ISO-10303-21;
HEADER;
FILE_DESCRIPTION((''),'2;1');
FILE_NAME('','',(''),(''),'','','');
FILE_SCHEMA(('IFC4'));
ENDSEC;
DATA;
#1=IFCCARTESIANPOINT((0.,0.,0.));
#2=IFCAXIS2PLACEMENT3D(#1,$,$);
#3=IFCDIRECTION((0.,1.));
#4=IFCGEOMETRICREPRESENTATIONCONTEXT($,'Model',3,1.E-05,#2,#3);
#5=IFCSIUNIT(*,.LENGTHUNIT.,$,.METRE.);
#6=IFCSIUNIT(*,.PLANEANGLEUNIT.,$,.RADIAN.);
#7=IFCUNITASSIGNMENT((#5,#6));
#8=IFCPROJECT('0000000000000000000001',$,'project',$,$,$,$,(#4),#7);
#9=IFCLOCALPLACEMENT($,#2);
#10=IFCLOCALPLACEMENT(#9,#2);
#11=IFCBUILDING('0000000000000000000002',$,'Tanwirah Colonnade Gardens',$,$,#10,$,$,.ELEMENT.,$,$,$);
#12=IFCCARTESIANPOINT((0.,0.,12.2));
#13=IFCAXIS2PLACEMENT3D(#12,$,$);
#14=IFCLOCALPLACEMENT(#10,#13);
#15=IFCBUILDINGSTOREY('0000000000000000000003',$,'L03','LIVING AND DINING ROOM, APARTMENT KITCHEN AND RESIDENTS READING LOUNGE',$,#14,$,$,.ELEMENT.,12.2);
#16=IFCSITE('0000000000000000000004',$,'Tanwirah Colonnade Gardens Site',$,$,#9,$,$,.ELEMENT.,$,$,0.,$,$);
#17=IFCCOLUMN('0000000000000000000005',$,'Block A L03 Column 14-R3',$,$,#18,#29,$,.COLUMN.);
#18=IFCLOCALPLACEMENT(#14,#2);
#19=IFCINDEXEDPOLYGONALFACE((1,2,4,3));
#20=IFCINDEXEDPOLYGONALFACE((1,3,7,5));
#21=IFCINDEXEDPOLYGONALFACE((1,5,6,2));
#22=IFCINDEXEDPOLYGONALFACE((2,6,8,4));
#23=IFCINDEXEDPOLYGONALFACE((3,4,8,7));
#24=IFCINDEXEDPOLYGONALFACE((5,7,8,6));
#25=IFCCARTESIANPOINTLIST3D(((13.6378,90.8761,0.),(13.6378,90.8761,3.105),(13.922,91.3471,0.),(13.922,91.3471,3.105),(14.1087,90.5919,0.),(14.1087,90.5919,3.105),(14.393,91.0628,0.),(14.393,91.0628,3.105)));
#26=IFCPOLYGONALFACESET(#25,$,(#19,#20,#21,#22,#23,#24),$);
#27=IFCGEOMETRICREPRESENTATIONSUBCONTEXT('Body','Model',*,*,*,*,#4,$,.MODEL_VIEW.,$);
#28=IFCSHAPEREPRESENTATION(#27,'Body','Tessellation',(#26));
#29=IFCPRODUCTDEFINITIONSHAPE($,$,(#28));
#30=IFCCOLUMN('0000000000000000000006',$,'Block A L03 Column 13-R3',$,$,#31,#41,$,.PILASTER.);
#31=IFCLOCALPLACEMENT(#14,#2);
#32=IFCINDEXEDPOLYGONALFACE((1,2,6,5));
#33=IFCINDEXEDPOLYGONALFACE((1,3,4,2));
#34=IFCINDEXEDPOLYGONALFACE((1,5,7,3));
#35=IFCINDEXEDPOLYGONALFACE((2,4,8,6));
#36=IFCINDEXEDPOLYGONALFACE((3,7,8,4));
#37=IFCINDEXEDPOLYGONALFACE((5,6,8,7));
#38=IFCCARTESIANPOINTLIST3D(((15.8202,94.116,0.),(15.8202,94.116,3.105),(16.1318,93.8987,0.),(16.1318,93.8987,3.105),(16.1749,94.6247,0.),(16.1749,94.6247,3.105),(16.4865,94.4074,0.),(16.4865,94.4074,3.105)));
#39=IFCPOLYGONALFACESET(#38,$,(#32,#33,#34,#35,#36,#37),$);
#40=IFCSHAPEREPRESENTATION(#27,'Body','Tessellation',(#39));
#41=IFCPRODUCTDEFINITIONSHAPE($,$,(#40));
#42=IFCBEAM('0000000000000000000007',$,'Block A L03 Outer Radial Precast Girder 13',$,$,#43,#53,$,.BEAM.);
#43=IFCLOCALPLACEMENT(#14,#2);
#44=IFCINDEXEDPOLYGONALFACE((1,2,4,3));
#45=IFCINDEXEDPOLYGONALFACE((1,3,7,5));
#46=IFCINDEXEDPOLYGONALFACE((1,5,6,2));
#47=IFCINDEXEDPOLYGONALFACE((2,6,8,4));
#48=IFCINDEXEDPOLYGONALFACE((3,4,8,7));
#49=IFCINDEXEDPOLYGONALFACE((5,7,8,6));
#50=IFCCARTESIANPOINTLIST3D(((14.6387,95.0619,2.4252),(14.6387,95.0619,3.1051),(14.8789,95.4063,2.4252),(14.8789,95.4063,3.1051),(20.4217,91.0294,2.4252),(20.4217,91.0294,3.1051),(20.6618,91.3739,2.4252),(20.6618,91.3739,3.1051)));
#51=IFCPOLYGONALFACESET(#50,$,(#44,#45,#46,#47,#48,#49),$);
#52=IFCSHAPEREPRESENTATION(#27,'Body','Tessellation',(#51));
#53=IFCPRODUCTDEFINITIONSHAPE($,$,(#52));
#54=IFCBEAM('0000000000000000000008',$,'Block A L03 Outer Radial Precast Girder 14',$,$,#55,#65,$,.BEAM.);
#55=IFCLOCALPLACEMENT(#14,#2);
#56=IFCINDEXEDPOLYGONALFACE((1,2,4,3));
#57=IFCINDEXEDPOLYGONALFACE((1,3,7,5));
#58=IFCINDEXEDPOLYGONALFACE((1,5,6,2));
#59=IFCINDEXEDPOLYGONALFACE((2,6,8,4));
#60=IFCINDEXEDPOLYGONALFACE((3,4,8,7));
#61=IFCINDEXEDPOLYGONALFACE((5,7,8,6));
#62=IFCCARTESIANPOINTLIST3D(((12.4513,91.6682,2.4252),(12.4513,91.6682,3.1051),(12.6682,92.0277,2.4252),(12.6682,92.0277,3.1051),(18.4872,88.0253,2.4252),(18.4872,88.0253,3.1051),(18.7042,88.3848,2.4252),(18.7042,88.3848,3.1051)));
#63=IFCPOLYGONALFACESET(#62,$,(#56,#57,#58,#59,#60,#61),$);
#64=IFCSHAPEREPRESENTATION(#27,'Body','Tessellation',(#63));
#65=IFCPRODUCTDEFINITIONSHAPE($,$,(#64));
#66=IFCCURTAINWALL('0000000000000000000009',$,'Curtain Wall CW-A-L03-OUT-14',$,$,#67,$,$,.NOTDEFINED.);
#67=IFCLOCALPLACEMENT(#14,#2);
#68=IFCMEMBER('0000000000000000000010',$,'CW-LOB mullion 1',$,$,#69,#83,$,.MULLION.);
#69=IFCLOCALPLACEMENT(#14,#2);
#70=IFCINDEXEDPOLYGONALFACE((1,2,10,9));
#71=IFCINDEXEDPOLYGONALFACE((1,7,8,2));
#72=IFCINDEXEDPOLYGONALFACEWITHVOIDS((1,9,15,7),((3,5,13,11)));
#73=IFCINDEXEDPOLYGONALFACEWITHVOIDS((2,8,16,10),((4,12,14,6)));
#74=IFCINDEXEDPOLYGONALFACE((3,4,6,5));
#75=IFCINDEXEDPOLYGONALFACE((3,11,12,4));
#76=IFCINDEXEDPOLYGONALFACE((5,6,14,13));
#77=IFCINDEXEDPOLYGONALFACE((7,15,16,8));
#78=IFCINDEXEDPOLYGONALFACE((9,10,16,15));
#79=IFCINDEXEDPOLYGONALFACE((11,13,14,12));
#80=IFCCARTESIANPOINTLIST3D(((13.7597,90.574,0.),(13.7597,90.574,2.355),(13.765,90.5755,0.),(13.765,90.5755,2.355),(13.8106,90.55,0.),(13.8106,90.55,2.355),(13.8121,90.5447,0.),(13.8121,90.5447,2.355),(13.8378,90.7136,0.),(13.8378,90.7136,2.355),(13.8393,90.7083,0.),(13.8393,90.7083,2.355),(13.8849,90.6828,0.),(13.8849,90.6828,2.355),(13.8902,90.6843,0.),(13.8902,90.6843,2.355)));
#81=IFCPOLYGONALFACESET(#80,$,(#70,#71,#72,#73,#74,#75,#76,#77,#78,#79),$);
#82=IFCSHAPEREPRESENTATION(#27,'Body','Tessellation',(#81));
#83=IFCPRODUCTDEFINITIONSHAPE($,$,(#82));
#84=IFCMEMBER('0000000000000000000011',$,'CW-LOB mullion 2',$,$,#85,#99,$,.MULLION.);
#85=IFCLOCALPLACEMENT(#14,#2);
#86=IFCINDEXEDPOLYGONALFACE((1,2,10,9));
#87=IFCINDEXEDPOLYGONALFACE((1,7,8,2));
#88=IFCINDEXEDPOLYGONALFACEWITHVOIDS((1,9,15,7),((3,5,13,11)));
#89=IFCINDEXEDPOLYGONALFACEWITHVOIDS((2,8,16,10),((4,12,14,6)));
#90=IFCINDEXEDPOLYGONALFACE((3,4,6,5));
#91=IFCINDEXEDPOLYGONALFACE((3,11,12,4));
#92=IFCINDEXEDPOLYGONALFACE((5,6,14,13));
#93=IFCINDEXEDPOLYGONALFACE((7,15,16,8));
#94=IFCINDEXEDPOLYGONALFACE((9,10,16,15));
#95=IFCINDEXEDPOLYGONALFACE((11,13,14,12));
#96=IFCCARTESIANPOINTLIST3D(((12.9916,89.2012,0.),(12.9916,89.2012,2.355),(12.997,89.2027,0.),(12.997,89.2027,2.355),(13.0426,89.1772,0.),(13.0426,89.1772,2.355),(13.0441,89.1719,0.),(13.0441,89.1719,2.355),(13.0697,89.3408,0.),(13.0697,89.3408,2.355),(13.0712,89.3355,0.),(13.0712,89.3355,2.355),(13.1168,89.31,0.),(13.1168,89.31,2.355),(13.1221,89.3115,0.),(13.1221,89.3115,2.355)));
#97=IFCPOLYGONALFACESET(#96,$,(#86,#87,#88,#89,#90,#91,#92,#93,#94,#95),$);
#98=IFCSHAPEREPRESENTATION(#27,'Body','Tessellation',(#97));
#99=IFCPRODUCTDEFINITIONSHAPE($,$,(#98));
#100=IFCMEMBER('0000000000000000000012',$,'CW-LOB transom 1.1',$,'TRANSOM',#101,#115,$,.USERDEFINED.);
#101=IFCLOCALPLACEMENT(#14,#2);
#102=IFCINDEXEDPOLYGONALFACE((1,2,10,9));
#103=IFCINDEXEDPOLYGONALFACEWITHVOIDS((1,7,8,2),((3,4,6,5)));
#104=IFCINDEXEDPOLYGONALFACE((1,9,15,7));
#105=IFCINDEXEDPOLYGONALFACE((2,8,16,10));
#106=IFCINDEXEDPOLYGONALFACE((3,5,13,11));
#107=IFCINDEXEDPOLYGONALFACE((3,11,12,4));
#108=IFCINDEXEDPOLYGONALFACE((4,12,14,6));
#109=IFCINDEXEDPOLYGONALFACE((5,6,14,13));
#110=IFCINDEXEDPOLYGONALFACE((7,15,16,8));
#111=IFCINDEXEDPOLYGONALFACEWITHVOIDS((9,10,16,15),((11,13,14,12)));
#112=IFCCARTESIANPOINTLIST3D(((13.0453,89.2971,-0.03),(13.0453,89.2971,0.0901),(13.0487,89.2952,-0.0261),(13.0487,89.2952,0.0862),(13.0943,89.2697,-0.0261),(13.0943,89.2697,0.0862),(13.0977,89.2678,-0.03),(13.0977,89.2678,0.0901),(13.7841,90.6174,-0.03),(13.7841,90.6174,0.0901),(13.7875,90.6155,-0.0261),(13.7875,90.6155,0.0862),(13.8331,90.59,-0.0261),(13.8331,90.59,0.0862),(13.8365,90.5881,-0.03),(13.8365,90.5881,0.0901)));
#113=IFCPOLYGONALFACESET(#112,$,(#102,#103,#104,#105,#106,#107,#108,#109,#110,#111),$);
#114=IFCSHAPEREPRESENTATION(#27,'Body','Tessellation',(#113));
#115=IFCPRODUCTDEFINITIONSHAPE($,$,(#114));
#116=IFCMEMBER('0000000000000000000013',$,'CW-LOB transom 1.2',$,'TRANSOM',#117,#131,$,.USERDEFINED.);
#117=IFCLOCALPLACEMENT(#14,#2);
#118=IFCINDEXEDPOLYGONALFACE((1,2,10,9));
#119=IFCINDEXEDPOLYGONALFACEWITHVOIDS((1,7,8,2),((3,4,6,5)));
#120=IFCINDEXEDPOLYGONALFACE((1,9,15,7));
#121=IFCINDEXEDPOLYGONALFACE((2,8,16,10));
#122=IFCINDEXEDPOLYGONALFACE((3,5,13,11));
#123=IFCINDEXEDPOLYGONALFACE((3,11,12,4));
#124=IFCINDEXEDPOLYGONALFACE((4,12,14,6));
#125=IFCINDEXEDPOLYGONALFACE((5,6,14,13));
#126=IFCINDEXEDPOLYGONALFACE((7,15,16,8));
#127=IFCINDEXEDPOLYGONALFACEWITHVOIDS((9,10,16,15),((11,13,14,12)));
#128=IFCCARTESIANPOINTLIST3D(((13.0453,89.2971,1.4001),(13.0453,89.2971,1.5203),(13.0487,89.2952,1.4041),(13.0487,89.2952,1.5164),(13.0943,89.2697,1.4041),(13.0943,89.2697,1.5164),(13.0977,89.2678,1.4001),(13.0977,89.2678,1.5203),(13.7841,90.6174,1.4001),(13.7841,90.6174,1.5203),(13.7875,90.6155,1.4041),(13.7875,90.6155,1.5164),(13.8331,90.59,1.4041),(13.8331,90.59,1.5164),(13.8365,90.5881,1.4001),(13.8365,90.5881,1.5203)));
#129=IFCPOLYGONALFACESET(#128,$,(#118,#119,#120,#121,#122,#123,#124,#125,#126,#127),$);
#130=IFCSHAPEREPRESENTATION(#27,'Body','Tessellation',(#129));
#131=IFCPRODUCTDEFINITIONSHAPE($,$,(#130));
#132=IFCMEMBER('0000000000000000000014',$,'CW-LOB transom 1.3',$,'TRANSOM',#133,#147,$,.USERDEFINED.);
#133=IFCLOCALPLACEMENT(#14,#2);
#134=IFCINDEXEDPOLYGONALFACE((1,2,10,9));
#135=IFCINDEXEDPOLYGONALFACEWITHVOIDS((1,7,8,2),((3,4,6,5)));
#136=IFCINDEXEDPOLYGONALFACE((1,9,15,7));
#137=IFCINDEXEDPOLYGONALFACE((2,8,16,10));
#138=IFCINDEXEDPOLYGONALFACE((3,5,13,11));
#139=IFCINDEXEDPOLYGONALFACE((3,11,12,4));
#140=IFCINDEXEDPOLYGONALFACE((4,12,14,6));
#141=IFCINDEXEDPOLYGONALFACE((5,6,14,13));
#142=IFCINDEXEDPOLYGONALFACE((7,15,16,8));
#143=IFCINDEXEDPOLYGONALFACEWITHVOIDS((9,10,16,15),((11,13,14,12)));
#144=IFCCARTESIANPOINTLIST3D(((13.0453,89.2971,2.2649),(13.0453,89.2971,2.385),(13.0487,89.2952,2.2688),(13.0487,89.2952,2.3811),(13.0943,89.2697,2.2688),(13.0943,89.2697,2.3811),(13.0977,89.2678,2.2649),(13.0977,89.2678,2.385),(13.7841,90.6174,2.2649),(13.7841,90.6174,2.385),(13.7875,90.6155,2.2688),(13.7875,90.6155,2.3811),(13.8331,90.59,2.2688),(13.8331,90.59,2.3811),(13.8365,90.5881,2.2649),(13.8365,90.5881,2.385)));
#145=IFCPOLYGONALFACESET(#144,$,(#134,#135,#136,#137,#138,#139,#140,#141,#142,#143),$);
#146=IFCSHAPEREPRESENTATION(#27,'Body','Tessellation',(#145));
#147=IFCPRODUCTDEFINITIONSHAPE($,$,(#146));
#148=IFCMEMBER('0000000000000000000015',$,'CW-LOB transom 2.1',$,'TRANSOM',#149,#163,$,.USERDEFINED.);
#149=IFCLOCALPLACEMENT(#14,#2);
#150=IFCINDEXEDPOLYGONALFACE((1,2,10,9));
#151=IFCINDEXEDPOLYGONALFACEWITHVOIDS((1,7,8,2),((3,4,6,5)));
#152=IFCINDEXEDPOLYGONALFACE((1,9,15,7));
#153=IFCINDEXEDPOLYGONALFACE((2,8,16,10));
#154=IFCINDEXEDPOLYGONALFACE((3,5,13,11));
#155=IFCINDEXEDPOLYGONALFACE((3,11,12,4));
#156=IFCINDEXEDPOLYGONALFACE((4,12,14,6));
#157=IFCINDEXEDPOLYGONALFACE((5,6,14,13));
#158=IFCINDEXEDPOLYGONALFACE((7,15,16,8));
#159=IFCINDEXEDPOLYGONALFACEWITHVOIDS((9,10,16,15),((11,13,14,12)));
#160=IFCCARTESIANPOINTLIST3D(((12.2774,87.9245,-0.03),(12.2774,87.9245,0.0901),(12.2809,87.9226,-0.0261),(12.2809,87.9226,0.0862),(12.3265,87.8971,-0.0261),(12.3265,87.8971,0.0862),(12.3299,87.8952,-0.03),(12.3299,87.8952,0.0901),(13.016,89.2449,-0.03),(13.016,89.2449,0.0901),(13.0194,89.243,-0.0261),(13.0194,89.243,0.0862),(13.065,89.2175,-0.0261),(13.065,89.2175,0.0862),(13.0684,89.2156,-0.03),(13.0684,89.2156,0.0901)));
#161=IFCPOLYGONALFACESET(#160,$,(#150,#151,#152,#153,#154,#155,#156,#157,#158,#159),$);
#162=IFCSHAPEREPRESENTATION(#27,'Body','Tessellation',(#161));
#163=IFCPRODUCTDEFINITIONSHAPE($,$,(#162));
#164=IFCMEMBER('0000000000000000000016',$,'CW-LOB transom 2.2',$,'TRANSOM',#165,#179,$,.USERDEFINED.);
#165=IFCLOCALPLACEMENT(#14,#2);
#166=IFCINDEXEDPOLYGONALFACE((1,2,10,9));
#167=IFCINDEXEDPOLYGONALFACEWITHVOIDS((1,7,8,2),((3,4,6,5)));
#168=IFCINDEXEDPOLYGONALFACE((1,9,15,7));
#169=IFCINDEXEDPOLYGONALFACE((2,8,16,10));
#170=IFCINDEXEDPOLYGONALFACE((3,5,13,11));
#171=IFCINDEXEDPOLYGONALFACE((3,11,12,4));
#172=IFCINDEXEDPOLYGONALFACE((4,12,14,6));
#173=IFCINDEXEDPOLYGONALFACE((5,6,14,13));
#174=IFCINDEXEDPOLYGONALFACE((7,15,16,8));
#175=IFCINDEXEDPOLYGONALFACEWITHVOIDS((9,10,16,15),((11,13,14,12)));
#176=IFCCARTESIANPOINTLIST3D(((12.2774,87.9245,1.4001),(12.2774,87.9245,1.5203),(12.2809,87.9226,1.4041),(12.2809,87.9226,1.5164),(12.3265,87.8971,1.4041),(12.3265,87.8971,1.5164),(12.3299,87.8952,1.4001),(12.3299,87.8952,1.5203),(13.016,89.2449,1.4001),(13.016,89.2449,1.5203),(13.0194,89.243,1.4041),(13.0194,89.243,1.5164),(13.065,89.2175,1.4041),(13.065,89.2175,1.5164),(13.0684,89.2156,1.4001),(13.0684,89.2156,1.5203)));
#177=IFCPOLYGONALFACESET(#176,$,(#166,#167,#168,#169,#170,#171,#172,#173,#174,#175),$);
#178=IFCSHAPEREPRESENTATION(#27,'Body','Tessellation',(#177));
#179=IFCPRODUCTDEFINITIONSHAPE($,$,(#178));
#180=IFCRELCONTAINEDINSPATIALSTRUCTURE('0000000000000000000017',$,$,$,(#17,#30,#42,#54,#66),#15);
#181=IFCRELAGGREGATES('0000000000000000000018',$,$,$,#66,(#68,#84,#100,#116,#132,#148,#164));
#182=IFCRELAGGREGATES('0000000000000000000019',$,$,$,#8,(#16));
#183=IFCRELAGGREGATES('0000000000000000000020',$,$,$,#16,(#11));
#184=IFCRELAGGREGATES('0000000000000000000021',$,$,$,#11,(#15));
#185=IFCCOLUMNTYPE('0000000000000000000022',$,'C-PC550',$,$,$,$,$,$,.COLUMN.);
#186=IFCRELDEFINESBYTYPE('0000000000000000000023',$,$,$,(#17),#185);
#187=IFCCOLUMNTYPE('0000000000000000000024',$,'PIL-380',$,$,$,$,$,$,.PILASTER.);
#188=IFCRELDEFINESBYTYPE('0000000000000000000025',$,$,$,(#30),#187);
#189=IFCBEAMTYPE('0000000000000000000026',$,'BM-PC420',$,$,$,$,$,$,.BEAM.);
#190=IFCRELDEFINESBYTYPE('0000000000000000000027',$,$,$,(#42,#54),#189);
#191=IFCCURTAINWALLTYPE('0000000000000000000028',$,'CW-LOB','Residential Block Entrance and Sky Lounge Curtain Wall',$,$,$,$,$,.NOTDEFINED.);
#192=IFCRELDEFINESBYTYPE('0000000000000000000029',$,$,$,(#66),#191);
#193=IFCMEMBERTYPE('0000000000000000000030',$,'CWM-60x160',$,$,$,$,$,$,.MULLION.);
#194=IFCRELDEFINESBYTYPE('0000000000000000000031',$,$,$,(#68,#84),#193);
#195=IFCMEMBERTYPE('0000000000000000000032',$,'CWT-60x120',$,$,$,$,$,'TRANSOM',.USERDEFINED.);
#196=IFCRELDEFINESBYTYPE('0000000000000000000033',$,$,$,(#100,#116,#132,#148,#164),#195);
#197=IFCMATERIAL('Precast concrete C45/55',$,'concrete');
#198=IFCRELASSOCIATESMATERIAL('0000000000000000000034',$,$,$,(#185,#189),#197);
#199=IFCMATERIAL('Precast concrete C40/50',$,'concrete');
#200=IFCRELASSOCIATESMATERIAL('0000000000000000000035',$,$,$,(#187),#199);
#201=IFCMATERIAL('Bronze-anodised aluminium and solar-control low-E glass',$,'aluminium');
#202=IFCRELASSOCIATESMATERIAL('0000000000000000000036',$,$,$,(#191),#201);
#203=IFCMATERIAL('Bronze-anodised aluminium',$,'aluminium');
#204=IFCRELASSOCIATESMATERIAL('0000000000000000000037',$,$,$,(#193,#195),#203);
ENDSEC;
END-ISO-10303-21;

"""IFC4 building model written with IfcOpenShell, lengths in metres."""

from ifc_helpers import new_model, si_unit, direction, frame, origin, origin_2d, place, context, subcontext, project, spatial, rectangle, hollow_rectangle, extrude, material, material_profile, profile_set, type_object, element, aggregate, save


model = new_model("IFC4")

# Units and contexts
model_context = context("Model", 3, precision=1e-05, world=origin(), true_north=direction((0.0, 1.0)))
body_context = subcontext(model_context, "Body", "Model", "MODEL_VIEW")
ifc_project = project(units=[si_unit("LENGTHUNIT", "METRE"), si_unit("PLANEANGLEUNIT", "RADIAN")], contexts=[model_context])

# Site, building, storey
site_placement = place(None, origin())
site = spatial("IfcSite", under=ifc_project, at=site_placement, Name="Tanwirah Colonnade Gardens Site", CompositionType="ELEMENT", RefElevation=0.0)
building_placement = place(site_placement, origin())
building = spatial("IfcBuilding", under=site, at=building_placement, Name="Tanwirah Colonnade Gardens", CompositionType="ELEMENT")
storey_placement = place(building_placement, frame((0.0, 0.0, 12.2)))
storey = spatial("IfcBuildingStorey", under=building, at=storey_placement, Name="L03", Description="LIVING AND DINING ROOM, APARTMENT KITCHEN AND RESIDENTS READING LOUNGE", CompositionType="ELEMENT", Elevation=12.2)

# Columns
ifc_material_1 = material(Name="Precast concrete C45/55", Category="concrete")
ifc_material_profile_1 = material_profile(ifc_material_1, rectangle(XDim=0.55, YDim=0.55, at=origin_2d()), Name="PC-COL 550x550")
ifc_profile_set_1 = profile_set([ifc_material_profile_1], Name="Precast concrete C45/55")
column_type_1 = type_object("IfcColumnType", Name="C-PC550", PredefinedType="COLUMN", material=ifc_profile_set_1)
column_1_placement = place(storey_placement, frame((14.0154, 90.9695, 0.0), z_axis=(0.0, 0.0, 1.0), x_axis=(-0.856167, 0.516699, 0.0)))
element("IfcColumn", 1, at=column_1_placement, inside=storey, type_object=column_type_1, Name="Block A L03 Column 14-R3", PredefinedType="COLUMN", context=body_context, shape_type="SweptSolid", body=[
    extrude(rectangle(XDim=0.55, YDim=0.55, at=origin_2d()), origin(), (0.0, 0.0, 1.0), 3.105),
])
ifc_material_2 = material(Name="Precast concrete C40/50", Category="concrete")
ifc_material_profile_2 = material_profile(ifc_material_2, rectangle(XDim=0.3799, YDim=0.6201, at=origin_2d()), Name="PC-PIL 380x620")
ifc_profile_set_2 = profile_set([ifc_material_profile_2], Name="Precast concrete C40/50")
column_type_2 = type_object("IfcColumnType", Name="PIL-380", PredefinedType="PILASTER", material=ifc_profile_set_2)
column_2_placement = place(storey_placement, frame((16.1533, 94.2617, 0.0), z_axis=(0.0, 0.0, 1.0), x_axis=(-0.820263, 0.571987, 0.0)))
element("IfcColumn", 2, at=column_2_placement, inside=storey, type_object=column_type_2, Name="Block A L03 Column 13-R3", PredefinedType="PILASTER", context=body_context, shape_type="SweptSolid", body=[
    extrude(rectangle(XDim=0.3799, YDim=0.6201, at=origin_2d()), origin(), (0.0, 0.0, 1.0), 3.105),
])

# Beams
ifc_material_profile_3 = material_profile(ifc_material_1, rectangle(XDim=0.4199, YDim=0.6799, at=origin_2d()), Name="PC-BM 420x680")
ifc_profile_set_3 = profile_set([ifc_material_profile_3], Name="Precast concrete C45/55")
beam_type_1 = type_object("IfcBeamType", Name="BM-PC420", PredefinedType="BEAM", material=ifc_profile_set_3)
for number, where, z_axis, x_axis, name in (
    (3, (20.5417, 91.2017, 2.7651), (-0.82027, 0.571976, 0.0), (-0.571976, -0.82027, 0.0), "Block A L03 Outer Radial Precast Girder 13"),
    (4, (18.5957, 88.2051, 2.7651), (-0.856158, 0.516714, 0.0), (-0.516714, -0.856158, 0.0), "Block A L03 Outer Radial Precast Girder 14"),
):
    element("IfcBeam", number, at=place(storey_placement, frame(where, z_axis=z_axis, x_axis=x_axis)), inside=storey, type_object=beam_type_1, Name=name, PredefinedType="BEAM", context=body_context, shape_type="SweptSolid", body=[
        extrude(rectangle(XDim=0.4199, YDim=0.6799, at=origin_2d()), origin(), (0.0, 0.0, 1.0), 7.05),
    ])

# Curtain wall, members
ifc_material_3 = material(Name="Bronze-anodised aluminium and solar-control low-E glass", Category="aluminium")
curtain_wall_type = type_object("IfcCurtainWallType", Name="CW-LOB", Description="Residential Block Entrance and Sky Lounge Curtain Wall", PredefinedType="NOTDEFINED", material=ifc_material_3)
curtain_wall_placement = place(storey_placement, origin())
curtain_wall = element("IfcCurtainWall", 5, at=curtain_wall_placement, inside=storey, type_object=curtain_wall_type, Name="Curtain Wall CW-A-L03-OUT-14", PredefinedType="NOTDEFINED")
ifc_material_4 = material(Name="Bronze-anodised aluminium", Category="aluminium")
ifc_material_profile_4 = material_profile(ifc_material_4, hollow_rectangle(XDim=0.0601, YDim=0.1599, WallThickness=0.0039, at=origin_2d()), Name="CW-MUL 60x160x4")
ifc_profile_set_4 = profile_set([ifc_material_profile_4], Name="Bronze-anodised aluminium")
member_type_1 = type_object("IfcMemberType", Name="CWM-60x160", PredefinedType="MULLION", material=ifc_profile_set_4)
member_1_placement = place(storey_placement, frame((13.825, 90.6292, 0.0), z_axis=(0.0, 0.0, 1.0), x_axis=(0.872732, -0.488199, 0.0)))
member_1 = element("IfcMember", 6, at=member_1_placement, type_object=member_type_1, Name="CW-LOB mullion 1", PredefinedType="MULLION", context=body_context, shape_type="SweptSolid", body=[
    extrude(hollow_rectangle(XDim=0.0601, YDim=0.1599, WallThickness=0.0039, at=origin_2d()), origin(), (0.0, 0.0, 1.0), 2.355),
])
member_2_placement = place(storey_placement, frame((13.0569, 89.2563, 0.0), z_axis=(0.0, 0.0, 1.0), x_axis=(0.872732, -0.488199, 0.0)))
member_2 = element("IfcMember", 7, at=member_2_placement, type_object=member_type_1, Name="CW-LOB mullion 2", PredefinedType="MULLION", context=body_context, shape_type="SweptSolid", body=[
    extrude(hollow_rectangle(XDim=0.0601, YDim=0.1599, WallThickness=0.0039, at=origin_2d()), origin(), (0.0, 0.0, 1.0), 2.355),
])
ifc_material_profile_5 = material_profile(ifc_material_4, hollow_rectangle(XDim=0.0601, YDim=0.1201, WallThickness=0.0039, at=origin_2d()), Name="CW-TRN 60x120x4")
ifc_profile_set_5 = profile_set([ifc_material_profile_5], Name="Bronze-anodised aluminium")
member_type_2 = type_object("IfcMemberType", Name="CWT-60x120", ElementType="TRANSOM", PredefinedType="USERDEFINED", material=ifc_profile_set_5)
member_3_placement = place(storey_placement, frame((13.8103, 90.6028, 0.03), z_axis=(-0.488299, -0.872677, 0.0), x_axis=(0.872677, -0.488299, 0.0)))
member_3 = element("IfcMember", 8, at=member_3_placement, type_object=member_type_2, Name="CW-LOB transom 1.1", ObjectType="TRANSOM", PredefinedType="USERDEFINED", context=body_context, shape_type="SweptSolid", body=[
    extrude(hollow_rectangle(XDim=0.0601, YDim=0.1201, WallThickness=0.0039, at=origin_2d()), origin(), (0.0, 0.0, 1.0), 1.5129),
])
member_4_placement = place(storey_placement, frame((13.8103, 90.6028, 1.4602), z_axis=(-0.488299, -0.872677, 0.0), x_axis=(0.872677, -0.488299, 0.0)))
member_4 = element("IfcMember", 9, at=member_4_placement, type_object=member_type_2, Name="CW-LOB transom 1.2", ObjectType="TRANSOM", PredefinedType="USERDEFINED", context=body_context, shape_type="SweptSolid", body=[
    extrude(hollow_rectangle(XDim=0.0601, YDim=0.1201, WallThickness=0.0039, at=origin_2d()), origin(), (0.0, 0.0, 1.0), 1.5129),
])
member_5_placement = place(storey_placement, frame((13.8103, 90.6028, 2.325), z_axis=(-0.488299, -0.872677, 0.0), x_axis=(0.872677, -0.488299, 0.0)))
member_5 = element("IfcMember", 10, at=member_5_placement, type_object=member_type_2, Name="CW-LOB transom 1.3", ObjectType="TRANSOM", PredefinedType="USERDEFINED", context=body_context, shape_type="SweptSolid", body=[
    extrude(hollow_rectangle(XDim=0.0601, YDim=0.1201, WallThickness=0.0039, at=origin_2d()), origin(), (0.0, 0.0, 1.0), 1.5129),
])
member_6_placement = place(storey_placement, frame((13.0422, 89.2302, 0.03), z_axis=(-0.488176, -0.872745, 0.0), x_axis=(0.872745, -0.488176, 0.0)))
member_6 = element("IfcMember", 11, at=member_6_placement, type_object=member_type_2, Name="CW-LOB transom 2.1", ObjectType="TRANSOM", PredefinedType="USERDEFINED", context=body_context, shape_type="SweptSolid", body=[
    extrude(hollow_rectangle(XDim=0.0601, YDim=0.1201, WallThickness=0.0039, at=origin_2d()), origin(), (0.0, 0.0, 1.0), 1.5129),
])
member_7_placement = place(storey_placement, frame((13.0422, 89.2302, 1.4602), z_axis=(-0.488176, -0.872745, 0.0), x_axis=(0.872745, -0.488176, 0.0)))
member_7 = element("IfcMember", 12, at=member_7_placement, type_object=member_type_2, Name="CW-LOB transom 2.2", ObjectType="TRANSOM", PredefinedType="USERDEFINED", context=body_context, shape_type="SweptSolid", body=[
    extrude(hollow_rectangle(XDim=0.0601, YDim=0.1201, WallThickness=0.0039, at=origin_2d()), origin(), (0.0, 0.0, 1.0), 1.5129),
])

aggregate(curtain_wall, [member_1, member_2, member_3, member_4, member_5, member_6, member_7])

save(model, "model.ifc")
